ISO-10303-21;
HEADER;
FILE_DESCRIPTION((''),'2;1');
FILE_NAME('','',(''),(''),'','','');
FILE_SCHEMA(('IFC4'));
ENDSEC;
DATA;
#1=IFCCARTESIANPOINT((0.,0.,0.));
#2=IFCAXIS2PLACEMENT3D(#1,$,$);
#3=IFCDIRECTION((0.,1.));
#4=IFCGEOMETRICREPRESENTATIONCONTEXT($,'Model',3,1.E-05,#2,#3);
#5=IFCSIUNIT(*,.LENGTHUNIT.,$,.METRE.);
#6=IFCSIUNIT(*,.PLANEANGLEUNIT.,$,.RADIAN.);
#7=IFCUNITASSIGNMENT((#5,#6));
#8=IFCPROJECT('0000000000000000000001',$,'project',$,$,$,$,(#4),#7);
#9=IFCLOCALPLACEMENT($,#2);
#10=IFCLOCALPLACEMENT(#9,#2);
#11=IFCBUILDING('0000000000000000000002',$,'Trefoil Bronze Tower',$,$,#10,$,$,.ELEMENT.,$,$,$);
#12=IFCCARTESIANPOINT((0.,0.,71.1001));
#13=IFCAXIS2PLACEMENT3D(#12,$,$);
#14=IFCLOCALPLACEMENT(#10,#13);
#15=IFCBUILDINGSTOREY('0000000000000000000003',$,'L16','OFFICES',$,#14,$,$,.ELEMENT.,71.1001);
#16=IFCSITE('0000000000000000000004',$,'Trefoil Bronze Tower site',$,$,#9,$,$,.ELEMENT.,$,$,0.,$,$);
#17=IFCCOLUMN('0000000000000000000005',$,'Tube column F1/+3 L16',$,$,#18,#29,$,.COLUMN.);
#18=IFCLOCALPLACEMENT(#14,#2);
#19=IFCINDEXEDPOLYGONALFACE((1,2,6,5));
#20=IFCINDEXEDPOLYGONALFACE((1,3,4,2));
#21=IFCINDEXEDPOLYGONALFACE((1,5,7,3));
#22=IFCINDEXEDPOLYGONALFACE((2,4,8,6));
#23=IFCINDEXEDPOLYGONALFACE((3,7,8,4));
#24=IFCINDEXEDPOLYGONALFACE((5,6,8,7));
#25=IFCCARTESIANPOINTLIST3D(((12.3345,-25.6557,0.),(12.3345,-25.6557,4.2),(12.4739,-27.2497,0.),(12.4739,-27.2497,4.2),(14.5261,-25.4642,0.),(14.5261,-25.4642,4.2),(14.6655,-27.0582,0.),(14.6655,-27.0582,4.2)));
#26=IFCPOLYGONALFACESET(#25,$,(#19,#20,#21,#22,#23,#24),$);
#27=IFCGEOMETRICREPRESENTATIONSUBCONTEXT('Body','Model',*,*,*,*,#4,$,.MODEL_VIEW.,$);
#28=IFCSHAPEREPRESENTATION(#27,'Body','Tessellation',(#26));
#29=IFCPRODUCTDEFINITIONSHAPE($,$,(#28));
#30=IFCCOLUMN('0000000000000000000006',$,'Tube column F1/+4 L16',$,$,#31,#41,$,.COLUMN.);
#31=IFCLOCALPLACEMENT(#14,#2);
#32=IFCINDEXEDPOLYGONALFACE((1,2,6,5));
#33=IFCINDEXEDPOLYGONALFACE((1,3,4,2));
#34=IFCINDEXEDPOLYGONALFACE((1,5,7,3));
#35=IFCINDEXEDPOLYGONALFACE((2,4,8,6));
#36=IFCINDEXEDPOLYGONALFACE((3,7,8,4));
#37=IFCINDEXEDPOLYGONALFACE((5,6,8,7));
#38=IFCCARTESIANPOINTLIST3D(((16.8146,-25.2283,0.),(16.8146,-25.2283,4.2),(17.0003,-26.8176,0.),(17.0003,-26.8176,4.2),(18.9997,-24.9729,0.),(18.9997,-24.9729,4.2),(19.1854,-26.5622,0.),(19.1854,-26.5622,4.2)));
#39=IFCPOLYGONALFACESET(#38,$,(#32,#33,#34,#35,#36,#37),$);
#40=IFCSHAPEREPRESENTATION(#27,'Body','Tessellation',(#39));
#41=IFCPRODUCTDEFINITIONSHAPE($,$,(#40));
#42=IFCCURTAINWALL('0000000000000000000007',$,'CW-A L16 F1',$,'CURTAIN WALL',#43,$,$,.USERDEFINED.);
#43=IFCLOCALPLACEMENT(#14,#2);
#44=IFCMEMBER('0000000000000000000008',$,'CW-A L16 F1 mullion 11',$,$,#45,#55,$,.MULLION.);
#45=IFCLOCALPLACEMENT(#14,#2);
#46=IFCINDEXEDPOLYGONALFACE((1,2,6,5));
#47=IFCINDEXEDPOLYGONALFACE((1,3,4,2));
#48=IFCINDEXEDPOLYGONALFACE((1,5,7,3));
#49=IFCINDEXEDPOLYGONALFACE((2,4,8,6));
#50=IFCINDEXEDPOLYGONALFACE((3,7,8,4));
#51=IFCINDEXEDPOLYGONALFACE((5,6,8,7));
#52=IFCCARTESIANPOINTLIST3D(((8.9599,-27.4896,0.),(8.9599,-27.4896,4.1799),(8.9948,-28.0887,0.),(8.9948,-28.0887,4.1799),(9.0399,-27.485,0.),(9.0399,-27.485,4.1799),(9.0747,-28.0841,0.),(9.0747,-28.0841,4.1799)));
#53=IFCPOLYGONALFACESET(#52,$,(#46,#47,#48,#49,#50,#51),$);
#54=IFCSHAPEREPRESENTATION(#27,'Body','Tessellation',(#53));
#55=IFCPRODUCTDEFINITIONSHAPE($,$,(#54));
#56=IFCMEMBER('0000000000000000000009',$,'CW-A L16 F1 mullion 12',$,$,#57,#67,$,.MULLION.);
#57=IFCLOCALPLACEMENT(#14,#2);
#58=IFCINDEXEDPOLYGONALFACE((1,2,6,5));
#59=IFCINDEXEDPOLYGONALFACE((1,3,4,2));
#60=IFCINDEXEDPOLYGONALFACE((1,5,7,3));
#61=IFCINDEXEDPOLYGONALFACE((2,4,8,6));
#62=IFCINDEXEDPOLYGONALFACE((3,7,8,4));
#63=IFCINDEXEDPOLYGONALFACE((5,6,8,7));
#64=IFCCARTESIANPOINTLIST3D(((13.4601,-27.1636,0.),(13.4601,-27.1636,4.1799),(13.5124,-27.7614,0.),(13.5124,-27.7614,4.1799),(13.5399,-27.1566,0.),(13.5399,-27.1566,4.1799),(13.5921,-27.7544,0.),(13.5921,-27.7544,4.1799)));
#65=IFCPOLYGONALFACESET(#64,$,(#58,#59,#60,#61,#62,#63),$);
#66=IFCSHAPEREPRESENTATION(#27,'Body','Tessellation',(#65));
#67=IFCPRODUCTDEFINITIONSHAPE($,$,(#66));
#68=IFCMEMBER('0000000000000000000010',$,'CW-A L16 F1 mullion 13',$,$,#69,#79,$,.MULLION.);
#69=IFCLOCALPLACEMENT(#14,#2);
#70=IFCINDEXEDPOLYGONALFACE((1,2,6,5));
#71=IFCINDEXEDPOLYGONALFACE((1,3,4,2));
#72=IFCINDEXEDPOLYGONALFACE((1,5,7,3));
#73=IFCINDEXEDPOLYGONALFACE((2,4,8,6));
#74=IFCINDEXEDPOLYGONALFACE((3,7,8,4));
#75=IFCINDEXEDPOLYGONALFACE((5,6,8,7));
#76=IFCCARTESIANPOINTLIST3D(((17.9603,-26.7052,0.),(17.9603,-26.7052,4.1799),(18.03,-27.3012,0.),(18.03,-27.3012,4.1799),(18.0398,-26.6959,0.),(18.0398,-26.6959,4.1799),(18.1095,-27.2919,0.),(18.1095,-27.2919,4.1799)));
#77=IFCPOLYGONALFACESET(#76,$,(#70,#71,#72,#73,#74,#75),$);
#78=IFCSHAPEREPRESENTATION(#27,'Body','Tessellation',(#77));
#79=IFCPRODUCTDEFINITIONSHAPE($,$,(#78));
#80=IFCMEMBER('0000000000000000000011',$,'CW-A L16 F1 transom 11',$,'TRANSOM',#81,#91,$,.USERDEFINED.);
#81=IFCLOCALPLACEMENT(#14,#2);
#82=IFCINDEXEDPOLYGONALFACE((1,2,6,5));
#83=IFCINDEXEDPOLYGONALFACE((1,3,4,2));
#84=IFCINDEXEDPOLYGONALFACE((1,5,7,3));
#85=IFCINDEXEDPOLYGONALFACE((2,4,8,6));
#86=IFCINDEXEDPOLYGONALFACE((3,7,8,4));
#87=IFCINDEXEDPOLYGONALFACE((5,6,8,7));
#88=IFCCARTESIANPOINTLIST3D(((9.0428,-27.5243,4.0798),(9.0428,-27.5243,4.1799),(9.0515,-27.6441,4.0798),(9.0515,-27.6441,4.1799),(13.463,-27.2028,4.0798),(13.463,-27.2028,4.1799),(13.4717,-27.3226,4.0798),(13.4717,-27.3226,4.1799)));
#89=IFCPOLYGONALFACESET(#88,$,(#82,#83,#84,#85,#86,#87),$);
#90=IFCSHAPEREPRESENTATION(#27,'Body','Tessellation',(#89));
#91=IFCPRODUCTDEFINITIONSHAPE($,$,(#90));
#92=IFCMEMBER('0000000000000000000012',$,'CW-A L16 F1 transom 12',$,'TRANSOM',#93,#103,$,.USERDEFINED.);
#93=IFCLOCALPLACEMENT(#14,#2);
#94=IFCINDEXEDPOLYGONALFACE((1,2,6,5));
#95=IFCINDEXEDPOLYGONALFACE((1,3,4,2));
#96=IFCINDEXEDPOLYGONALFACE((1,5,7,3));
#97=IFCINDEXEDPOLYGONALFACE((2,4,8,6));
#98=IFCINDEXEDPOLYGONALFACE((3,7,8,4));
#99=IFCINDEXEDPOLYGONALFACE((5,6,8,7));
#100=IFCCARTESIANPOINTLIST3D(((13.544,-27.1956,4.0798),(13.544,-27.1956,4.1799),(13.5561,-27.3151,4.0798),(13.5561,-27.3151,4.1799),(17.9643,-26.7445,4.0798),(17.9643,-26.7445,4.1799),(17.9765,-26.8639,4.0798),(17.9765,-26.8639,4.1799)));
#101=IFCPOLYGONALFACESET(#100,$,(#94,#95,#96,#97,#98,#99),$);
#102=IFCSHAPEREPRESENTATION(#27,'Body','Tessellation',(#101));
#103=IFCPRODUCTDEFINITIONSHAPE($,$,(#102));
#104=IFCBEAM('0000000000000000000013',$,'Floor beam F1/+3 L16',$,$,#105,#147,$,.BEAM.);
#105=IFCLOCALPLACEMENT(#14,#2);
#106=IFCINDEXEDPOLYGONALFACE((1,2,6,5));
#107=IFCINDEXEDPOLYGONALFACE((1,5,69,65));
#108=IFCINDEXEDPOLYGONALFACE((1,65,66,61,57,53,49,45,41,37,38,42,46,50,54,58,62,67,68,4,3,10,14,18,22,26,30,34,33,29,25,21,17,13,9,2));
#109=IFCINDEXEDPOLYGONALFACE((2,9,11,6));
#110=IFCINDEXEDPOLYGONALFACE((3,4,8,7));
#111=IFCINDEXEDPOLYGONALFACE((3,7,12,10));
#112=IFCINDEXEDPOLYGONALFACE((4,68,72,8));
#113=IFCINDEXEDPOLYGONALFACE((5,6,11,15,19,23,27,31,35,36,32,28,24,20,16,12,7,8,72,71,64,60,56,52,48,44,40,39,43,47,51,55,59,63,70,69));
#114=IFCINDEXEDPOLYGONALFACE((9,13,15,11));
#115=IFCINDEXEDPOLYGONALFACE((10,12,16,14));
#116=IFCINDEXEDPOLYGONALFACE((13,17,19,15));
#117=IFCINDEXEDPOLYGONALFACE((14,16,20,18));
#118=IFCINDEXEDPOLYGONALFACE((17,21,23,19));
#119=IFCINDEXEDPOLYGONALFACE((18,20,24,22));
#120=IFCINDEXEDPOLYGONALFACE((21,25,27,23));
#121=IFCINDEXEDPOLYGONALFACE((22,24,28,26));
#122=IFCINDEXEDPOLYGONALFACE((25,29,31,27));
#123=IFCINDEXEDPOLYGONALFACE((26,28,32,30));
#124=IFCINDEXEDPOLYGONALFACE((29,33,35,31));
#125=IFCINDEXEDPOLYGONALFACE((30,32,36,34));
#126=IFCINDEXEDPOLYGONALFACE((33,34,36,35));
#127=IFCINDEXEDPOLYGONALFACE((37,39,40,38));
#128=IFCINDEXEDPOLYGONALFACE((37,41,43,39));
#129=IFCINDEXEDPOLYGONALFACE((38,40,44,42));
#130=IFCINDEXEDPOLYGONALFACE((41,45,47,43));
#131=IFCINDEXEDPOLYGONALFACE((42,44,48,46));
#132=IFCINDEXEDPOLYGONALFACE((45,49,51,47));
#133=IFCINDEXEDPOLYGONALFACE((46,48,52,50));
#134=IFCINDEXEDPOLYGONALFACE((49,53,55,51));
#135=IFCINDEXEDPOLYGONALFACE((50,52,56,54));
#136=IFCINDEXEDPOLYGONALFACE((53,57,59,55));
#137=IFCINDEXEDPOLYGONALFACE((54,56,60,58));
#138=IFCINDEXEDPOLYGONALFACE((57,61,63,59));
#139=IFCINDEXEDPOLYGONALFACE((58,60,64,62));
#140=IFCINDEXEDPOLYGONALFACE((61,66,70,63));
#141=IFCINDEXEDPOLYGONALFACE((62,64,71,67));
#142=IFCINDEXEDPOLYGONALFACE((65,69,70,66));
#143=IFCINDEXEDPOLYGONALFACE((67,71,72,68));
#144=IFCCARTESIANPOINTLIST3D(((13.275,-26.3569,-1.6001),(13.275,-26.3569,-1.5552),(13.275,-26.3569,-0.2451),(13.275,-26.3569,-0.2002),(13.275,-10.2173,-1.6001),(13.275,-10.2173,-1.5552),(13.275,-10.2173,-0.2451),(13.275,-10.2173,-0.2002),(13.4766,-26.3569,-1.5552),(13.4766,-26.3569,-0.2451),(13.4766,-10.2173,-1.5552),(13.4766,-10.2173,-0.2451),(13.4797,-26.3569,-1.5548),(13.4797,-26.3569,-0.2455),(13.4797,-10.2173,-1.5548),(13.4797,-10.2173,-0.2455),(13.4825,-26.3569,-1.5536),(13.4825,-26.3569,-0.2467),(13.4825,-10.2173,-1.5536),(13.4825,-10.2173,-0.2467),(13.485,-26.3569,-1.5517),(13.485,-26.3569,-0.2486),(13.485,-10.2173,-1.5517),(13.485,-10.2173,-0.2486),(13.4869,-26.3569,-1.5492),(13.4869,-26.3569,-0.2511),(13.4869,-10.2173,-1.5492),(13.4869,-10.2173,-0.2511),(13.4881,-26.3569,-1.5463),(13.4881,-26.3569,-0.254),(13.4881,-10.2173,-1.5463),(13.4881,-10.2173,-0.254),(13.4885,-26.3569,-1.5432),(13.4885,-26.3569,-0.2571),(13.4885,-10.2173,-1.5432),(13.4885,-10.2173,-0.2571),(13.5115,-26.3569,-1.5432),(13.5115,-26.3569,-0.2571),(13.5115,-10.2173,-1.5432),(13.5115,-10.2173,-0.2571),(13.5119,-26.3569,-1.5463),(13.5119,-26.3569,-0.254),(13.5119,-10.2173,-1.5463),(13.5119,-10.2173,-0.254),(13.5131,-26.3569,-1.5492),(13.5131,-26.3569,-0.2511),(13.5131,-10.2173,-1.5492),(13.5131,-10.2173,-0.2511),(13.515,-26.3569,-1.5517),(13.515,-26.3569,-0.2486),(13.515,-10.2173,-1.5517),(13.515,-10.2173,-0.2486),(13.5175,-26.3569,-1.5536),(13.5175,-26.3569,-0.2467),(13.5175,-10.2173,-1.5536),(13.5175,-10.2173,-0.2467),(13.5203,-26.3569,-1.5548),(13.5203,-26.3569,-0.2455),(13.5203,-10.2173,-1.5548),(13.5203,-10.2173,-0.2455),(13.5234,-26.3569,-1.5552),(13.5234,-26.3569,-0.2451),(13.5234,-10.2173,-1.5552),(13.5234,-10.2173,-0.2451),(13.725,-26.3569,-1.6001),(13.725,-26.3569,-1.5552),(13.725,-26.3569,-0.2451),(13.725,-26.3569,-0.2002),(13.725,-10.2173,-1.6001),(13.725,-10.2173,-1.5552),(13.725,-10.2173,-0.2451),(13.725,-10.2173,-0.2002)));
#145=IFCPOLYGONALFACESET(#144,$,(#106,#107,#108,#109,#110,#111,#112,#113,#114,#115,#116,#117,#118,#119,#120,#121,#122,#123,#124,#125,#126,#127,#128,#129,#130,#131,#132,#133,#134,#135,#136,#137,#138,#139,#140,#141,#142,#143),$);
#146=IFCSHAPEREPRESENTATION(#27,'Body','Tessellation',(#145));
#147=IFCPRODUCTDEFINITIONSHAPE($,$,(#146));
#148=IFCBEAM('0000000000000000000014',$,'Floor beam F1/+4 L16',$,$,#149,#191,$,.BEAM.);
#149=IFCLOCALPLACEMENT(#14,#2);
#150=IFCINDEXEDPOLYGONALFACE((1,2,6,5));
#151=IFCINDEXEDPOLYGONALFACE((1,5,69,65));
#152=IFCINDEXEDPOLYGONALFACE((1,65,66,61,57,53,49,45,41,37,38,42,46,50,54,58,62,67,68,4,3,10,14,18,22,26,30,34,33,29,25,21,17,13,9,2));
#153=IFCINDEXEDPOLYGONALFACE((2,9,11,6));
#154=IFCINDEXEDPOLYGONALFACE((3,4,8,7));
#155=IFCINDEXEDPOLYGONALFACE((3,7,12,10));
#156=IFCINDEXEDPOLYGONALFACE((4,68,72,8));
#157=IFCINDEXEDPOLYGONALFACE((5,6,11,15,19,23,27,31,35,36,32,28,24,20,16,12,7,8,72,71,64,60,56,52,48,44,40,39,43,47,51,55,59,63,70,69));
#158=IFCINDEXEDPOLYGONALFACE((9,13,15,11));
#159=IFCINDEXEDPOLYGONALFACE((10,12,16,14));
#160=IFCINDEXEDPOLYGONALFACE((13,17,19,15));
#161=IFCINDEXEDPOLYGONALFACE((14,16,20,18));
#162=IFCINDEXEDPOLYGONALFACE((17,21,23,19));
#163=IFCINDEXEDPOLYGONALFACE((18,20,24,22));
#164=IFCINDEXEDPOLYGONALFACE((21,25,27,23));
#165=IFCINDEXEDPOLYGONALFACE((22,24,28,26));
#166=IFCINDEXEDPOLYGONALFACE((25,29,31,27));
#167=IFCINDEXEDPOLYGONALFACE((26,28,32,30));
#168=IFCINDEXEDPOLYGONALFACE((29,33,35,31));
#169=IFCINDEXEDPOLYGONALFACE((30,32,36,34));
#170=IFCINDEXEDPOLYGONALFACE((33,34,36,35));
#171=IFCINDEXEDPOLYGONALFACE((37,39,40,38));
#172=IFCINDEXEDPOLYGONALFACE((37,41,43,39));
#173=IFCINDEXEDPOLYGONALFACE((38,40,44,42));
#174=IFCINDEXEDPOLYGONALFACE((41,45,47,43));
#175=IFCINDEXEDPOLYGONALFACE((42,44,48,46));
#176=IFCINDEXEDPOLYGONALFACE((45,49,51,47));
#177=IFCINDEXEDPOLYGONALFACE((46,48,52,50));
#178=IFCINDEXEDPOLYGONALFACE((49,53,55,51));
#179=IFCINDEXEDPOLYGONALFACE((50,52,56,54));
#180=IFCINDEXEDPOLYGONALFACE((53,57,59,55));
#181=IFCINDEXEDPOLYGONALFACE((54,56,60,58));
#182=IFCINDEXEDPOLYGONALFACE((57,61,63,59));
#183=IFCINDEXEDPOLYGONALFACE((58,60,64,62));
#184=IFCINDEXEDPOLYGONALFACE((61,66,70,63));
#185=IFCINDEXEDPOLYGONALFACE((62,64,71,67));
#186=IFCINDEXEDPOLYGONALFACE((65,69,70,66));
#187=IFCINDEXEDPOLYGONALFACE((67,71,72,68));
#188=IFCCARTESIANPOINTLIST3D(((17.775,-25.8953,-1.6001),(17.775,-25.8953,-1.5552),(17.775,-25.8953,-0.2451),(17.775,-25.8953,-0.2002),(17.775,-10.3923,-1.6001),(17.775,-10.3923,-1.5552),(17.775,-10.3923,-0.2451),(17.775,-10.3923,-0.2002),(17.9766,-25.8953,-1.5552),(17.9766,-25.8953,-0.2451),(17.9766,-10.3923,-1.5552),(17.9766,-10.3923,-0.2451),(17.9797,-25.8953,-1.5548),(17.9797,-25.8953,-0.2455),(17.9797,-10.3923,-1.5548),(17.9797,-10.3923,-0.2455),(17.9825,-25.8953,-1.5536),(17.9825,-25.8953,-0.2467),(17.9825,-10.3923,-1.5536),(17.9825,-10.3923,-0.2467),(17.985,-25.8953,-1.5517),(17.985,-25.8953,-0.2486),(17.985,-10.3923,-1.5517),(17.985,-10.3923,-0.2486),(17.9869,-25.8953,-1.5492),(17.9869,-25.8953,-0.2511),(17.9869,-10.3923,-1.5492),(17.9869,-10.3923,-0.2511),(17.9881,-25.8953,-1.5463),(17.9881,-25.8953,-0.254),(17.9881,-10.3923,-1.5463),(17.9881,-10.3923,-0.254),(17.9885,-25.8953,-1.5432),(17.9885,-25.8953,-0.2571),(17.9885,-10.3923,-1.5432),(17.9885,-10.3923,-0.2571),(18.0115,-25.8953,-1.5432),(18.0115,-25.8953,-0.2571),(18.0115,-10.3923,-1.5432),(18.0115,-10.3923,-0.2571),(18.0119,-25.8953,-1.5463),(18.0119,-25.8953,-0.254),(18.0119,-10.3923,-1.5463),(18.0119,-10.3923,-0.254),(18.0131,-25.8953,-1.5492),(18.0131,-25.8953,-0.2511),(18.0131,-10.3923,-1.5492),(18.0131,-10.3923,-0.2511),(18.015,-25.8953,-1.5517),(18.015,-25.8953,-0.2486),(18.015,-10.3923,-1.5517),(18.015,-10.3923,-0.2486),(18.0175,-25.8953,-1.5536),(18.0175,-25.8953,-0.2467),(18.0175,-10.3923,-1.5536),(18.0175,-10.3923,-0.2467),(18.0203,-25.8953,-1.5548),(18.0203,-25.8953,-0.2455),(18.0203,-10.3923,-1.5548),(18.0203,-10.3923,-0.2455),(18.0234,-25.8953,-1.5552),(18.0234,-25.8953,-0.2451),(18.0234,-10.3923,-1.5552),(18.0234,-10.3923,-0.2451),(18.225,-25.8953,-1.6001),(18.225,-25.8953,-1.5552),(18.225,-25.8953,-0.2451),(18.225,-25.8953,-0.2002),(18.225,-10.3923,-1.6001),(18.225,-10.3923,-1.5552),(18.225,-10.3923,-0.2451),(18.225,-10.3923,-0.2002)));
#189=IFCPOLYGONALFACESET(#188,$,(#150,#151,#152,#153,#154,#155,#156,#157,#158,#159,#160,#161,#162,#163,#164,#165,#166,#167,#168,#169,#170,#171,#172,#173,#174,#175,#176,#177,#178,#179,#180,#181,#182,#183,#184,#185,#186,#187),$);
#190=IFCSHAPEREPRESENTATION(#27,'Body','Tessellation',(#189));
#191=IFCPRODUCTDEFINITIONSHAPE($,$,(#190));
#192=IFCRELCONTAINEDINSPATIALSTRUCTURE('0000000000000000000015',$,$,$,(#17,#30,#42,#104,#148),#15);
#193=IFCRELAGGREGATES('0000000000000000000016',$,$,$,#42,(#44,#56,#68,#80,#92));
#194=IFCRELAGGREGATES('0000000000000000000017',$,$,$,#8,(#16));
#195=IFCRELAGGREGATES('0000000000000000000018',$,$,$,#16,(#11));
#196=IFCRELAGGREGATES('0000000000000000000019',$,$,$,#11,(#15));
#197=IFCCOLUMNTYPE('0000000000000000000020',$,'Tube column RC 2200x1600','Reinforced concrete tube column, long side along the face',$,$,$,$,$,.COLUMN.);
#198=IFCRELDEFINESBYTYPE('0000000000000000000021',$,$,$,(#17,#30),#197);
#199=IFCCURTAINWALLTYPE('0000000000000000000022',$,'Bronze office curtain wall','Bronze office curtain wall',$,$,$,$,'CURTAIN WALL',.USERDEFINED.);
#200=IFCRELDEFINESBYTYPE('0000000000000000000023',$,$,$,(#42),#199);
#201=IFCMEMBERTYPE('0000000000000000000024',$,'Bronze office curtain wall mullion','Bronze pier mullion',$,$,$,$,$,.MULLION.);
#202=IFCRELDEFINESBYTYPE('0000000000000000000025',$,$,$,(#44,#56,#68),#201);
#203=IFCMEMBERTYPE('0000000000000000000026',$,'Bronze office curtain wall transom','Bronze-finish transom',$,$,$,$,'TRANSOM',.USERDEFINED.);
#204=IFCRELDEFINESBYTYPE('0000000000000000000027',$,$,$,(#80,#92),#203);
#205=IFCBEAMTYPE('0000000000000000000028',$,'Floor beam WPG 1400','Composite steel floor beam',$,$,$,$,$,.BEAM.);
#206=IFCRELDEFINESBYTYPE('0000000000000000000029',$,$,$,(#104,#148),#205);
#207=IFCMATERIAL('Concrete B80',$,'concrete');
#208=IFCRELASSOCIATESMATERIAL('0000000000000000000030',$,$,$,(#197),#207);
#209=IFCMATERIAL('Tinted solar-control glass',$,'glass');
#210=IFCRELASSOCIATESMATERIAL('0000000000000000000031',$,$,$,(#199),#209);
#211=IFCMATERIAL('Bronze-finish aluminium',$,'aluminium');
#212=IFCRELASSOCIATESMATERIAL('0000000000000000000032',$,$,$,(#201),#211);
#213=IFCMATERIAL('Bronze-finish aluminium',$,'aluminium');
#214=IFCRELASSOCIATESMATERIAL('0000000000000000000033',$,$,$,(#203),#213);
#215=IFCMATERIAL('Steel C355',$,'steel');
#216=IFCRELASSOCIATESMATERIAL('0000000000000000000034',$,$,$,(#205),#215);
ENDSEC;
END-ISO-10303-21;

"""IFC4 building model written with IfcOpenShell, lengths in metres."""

from ifc_helpers import new_model, si_unit, direction, frame, origin, origin_2d, place, context, subcontext, project, spatial, rectangle, i_section, extrude, material, material_profile, profile_set, type_object, element, aggregate, save


model = new_model("IFC4")

# Units and contexts
model_context = context("Model", 3, precision=1e-05, world=origin(), true_north=direction((0.0, 1.0)))
body_context = subcontext(model_context, "Body", "Model", "MODEL_VIEW")
ifc_project = project(units=[si_unit("LENGTHUNIT", "METRE"), si_unit("PLANEANGLEUNIT", "RADIAN")], contexts=[model_context])

# Site, building, storey
site_placement = place(None, origin())
site = spatial("IfcSite", under=ifc_project, at=site_placement, Name="Trefoil Bronze Tower site", CompositionType="ELEMENT", RefElevation=0.0)
building_placement = place(site_placement, origin())
building = spatial("IfcBuilding", under=site, at=building_placement, Name="Trefoil Bronze Tower", CompositionType="ELEMENT")
storey_placement = place(building_placement, frame((0.0, 0.0, 71.1001)))
storey = spatial("IfcBuildingStorey", under=building, at=storey_placement, Name="L16", Description="OFFICES", CompositionType="ELEMENT", Elevation=71.1001)

# Columns
ifc_material_1 = material(Name="Concrete B80", Category="concrete")
ifc_material_profile_1 = material_profile(ifc_material_1, rectangle(XDim=2.2, YDim=1.6001, at=origin_2d()), Name="RC 2200x1600")
ifc_profile_set_1 = profile_set([ifc_material_profile_1], Name="Concrete B80")
column_type = type_object("IfcColumnType", Name="Tube column RC 2200x1600", Description="Reinforced concrete tube column, long side along the face", PredefinedType="COLUMN", material=ifc_profile_set_1)
for number, where, z_axis, x_axis, name in (
    (1, (13.5, -26.3569, 0.0), (0.0, 0.0, 1.0), (0.996203, 0.087065, 0.0), "Tube column F1/+3 L16"),
    (2, (18.0, -25.8953, 0.0), (0.0, 0.0, 1.0), (0.993239, 0.116087, 0.0), "Tube column F1/+4 L16"),
):
    element("IfcColumn", number, at=place(storey_placement, frame(where, z_axis=z_axis, x_axis=x_axis)), inside=storey, type_object=column_type, Name=name, PredefinedType="COLUMN", context=body_context, shape_type="SweptSolid", body=[
        extrude(rectangle(XDim=2.2, YDim=1.6001, at=origin_2d()), origin(), (0.0, 0.0, 1.0), 4.2),
    ])

# Curtain wall, members
ifc_material_2 = material(Name="Tinted solar-control glass", Category="glass")
curtain_wall_type = type_object("IfcCurtainWallType", Name="Bronze office curtain wall", Description="Bronze office curtain wall", ElementType="CURTAIN WALL", PredefinedType="USERDEFINED", material=ifc_material_2)
curtain_wall_placement = place(storey_placement, origin())
curtain_wall = element("IfcCurtainWall", 3, at=curtain_wall_placement, inside=storey, type_object=curtain_wall_type, Name="CW-A L16 F1", ObjectType="CURTAIN WALL", PredefinedType="USERDEFINED")
ifc_material_3 = material(Name="Bronze-finish aluminium", Category="aluminium")
ifc_material_profile_2 = material_profile(ifc_material_3, rectangle(XDim=0.6001, YDim=0.0801, at=origin_2d()), Name="CW-A mullion")
ifc_profile_set_2 = profile_set([ifc_material_profile_2], Name="Bronze-finish aluminium")
member_type_1 = type_object("IfcMemberType", Name="Bronze office curtain wall mullion", Description="Bronze pier mullion", PredefinedType="MULLION", material=ifc_profile_set_2)
member_1_placement = place(storey_placement, frame((9.0173, -27.7869, 0.0), z_axis=(0.0, 0.0, 1.0), x_axis=(-0.058043, 0.998314, 0.0)))
member_1 = element("IfcMember", 4, at=member_1_placement, type_object=member_type_1, Name="CW-A L16 F1 mullion 11", PredefinedType="MULLION", context=body_context, shape_type="SweptSolid", body=[
    extrude(rectangle(XDim=0.6001, YDim=0.0801, at=origin_2d()), origin(), (0.0, 0.0, 1.0), 4.1799),
])
member_2_placement = place(storey_placement, frame((13.5261, -27.459, 0.0), z_axis=(0.0, 0.0, 1.0), x_axis=(-0.087065, 0.996203, 0.0)))
member_2 = element("IfcMember", 5, at=member_2_placement, type_object=member_type_1, Name="CW-A L16 F1 mullion 12", PredefinedType="MULLION", context=body_context, shape_type="SweptSolid", body=[
    extrude(rectangle(XDim=0.6001, YDim=0.0801, at=origin_2d()), origin(), (0.0, 0.0, 1.0), 4.1799),
])
member_3_placement = place(storey_placement, frame((18.0349, -26.9985, 0.0), z_axis=(0.0, 0.0, 1.0), x_axis=(-0.116087, 0.993239, 0.0)))
member_3 = element("IfcMember", 6, at=member_3_placement, type_object=member_type_1, Name="CW-A L16 F1 mullion 13", PredefinedType="MULLION", context=body_context, shape_type="SweptSolid", body=[
    extrude(rectangle(XDim=0.6001, YDim=0.0801, at=origin_2d()), origin(), (0.0, 0.0, 1.0), 4.1799),
])
ifc_material_4 = material(Name="Bronze-finish aluminium", Category="aluminium")
ifc_material_profile_3 = material_profile(ifc_material_4, rectangle(XDim=0.1201, YDim=0.1001, at=origin_2d()), Name="CW-A transom")
ifc_profile_set_3 = profile_set([ifc_material_profile_3], Name="Bronze-finish aluminium")
member_type_2 = type_object("IfcMemberType", Name="Bronze office curtain wall transom", Description="Bronze-finish transom", ElementType="TRANSOM", PredefinedType="USERDEFINED", material=ifc_profile_set_3)
member_4_placement = place(storey_placement, frame((9.0471, -27.5842, 4.1299), z_axis=(0.997365, 0.072551, 0.0), x_axis=(-0.072551, 0.997365, 0.0)))
member_4 = element("IfcMember", 7, at=member_4_placement, type_object=member_type_2, Name="CW-A L16 F1 transom 11", ObjectType="TRANSOM", PredefinedType="USERDEFINED", context=body_context, shape_type="SweptSolid", body=[
    extrude(rectangle(XDim=0.1201, YDim=0.1001, at=origin_2d()), origin(), (0.0, 0.0, 1.0), 4.4319),
])
member_5_placement = place(storey_placement, frame((13.55, -27.2554, 4.1299), z_axis=(0.994832, 0.101538, 0.0), x_axis=(-0.101538, 0.994832, 0.0)))
member_5 = element("IfcMember", 8, at=member_5_placement, type_object=member_type_2, Name="CW-A L16 F1 transom 12", ObjectType="TRANSOM", PredefinedType="USERDEFINED", context=body_context, shape_type="SweptSolid", body=[
    extrude(rectangle(XDim=0.1201, YDim=0.1001, at=origin_2d()), origin(), (0.0, 0.0, 1.0), 4.4434),
])

# Beams
ifc_material_5 = material(Name="Steel C355", Category="steel")
ifc_material_profile_4 = material_profile(ifc_material_5, i_section(OverallWidth=0.45, OverallDepth=1.3999, WebThickness=0.0229, FlangeThickness=0.0449, FilletRadius=0.012, at=origin_2d()), Name="WPG 1400")
ifc_profile_set_4 = profile_set([ifc_material_profile_4], Name="Steel C355")
beam_type_1 = type_object("IfcBeamType", Name="Floor beam WPG 1400", Description="Composite steel floor beam", PredefinedType="BEAM", material=ifc_profile_set_4)
beam_1_placement = place(storey_placement, frame((13.5, -26.3569, -0.9001), z_axis=(0.0, 1.0, 0.0), x_axis=(-1.0, 0.0, 0.0)))
element("IfcBeam", 9, at=beam_1_placement, inside=storey, type_object=beam_type_1, Name="Floor beam F1/+3 L16", PredefinedType="BEAM", context=body_context, shape_type="SweptSolid", body=[
    extrude(i_section(OverallWidth=0.45, OverallDepth=1.3999, WebThickness=0.0229, FlangeThickness=0.0449, FilletRadius=0.012, at=origin_2d()), origin(), (0.0, 0.0, 1.0), 16.1396),
])
beam_2_placement = place(storey_placement, frame((18.0, -25.8953, -0.9001), z_axis=(0.0, 1.0, 0.0), x_axis=(-1.0, 0.0, 0.0)))
element("IfcBeam", 10, at=beam_2_placement, inside=storey, type_object=beam_type_1, Name="Floor beam F1/+4 L16", PredefinedType="BEAM", context=body_context, shape_type="SweptSolid", body=[
    extrude(i_section(OverallWidth=0.45, OverallDepth=1.3999, WebThickness=0.0229, FlangeThickness=0.0449, FilletRadius=0.012, at=origin_2d()), origin(), (0.0, 0.0, 1.0), 15.5029),
])

aggregate(curtain_wall, [member_1, member_2, member_3, member_4, member_5])

save(model, "model.ifc")
